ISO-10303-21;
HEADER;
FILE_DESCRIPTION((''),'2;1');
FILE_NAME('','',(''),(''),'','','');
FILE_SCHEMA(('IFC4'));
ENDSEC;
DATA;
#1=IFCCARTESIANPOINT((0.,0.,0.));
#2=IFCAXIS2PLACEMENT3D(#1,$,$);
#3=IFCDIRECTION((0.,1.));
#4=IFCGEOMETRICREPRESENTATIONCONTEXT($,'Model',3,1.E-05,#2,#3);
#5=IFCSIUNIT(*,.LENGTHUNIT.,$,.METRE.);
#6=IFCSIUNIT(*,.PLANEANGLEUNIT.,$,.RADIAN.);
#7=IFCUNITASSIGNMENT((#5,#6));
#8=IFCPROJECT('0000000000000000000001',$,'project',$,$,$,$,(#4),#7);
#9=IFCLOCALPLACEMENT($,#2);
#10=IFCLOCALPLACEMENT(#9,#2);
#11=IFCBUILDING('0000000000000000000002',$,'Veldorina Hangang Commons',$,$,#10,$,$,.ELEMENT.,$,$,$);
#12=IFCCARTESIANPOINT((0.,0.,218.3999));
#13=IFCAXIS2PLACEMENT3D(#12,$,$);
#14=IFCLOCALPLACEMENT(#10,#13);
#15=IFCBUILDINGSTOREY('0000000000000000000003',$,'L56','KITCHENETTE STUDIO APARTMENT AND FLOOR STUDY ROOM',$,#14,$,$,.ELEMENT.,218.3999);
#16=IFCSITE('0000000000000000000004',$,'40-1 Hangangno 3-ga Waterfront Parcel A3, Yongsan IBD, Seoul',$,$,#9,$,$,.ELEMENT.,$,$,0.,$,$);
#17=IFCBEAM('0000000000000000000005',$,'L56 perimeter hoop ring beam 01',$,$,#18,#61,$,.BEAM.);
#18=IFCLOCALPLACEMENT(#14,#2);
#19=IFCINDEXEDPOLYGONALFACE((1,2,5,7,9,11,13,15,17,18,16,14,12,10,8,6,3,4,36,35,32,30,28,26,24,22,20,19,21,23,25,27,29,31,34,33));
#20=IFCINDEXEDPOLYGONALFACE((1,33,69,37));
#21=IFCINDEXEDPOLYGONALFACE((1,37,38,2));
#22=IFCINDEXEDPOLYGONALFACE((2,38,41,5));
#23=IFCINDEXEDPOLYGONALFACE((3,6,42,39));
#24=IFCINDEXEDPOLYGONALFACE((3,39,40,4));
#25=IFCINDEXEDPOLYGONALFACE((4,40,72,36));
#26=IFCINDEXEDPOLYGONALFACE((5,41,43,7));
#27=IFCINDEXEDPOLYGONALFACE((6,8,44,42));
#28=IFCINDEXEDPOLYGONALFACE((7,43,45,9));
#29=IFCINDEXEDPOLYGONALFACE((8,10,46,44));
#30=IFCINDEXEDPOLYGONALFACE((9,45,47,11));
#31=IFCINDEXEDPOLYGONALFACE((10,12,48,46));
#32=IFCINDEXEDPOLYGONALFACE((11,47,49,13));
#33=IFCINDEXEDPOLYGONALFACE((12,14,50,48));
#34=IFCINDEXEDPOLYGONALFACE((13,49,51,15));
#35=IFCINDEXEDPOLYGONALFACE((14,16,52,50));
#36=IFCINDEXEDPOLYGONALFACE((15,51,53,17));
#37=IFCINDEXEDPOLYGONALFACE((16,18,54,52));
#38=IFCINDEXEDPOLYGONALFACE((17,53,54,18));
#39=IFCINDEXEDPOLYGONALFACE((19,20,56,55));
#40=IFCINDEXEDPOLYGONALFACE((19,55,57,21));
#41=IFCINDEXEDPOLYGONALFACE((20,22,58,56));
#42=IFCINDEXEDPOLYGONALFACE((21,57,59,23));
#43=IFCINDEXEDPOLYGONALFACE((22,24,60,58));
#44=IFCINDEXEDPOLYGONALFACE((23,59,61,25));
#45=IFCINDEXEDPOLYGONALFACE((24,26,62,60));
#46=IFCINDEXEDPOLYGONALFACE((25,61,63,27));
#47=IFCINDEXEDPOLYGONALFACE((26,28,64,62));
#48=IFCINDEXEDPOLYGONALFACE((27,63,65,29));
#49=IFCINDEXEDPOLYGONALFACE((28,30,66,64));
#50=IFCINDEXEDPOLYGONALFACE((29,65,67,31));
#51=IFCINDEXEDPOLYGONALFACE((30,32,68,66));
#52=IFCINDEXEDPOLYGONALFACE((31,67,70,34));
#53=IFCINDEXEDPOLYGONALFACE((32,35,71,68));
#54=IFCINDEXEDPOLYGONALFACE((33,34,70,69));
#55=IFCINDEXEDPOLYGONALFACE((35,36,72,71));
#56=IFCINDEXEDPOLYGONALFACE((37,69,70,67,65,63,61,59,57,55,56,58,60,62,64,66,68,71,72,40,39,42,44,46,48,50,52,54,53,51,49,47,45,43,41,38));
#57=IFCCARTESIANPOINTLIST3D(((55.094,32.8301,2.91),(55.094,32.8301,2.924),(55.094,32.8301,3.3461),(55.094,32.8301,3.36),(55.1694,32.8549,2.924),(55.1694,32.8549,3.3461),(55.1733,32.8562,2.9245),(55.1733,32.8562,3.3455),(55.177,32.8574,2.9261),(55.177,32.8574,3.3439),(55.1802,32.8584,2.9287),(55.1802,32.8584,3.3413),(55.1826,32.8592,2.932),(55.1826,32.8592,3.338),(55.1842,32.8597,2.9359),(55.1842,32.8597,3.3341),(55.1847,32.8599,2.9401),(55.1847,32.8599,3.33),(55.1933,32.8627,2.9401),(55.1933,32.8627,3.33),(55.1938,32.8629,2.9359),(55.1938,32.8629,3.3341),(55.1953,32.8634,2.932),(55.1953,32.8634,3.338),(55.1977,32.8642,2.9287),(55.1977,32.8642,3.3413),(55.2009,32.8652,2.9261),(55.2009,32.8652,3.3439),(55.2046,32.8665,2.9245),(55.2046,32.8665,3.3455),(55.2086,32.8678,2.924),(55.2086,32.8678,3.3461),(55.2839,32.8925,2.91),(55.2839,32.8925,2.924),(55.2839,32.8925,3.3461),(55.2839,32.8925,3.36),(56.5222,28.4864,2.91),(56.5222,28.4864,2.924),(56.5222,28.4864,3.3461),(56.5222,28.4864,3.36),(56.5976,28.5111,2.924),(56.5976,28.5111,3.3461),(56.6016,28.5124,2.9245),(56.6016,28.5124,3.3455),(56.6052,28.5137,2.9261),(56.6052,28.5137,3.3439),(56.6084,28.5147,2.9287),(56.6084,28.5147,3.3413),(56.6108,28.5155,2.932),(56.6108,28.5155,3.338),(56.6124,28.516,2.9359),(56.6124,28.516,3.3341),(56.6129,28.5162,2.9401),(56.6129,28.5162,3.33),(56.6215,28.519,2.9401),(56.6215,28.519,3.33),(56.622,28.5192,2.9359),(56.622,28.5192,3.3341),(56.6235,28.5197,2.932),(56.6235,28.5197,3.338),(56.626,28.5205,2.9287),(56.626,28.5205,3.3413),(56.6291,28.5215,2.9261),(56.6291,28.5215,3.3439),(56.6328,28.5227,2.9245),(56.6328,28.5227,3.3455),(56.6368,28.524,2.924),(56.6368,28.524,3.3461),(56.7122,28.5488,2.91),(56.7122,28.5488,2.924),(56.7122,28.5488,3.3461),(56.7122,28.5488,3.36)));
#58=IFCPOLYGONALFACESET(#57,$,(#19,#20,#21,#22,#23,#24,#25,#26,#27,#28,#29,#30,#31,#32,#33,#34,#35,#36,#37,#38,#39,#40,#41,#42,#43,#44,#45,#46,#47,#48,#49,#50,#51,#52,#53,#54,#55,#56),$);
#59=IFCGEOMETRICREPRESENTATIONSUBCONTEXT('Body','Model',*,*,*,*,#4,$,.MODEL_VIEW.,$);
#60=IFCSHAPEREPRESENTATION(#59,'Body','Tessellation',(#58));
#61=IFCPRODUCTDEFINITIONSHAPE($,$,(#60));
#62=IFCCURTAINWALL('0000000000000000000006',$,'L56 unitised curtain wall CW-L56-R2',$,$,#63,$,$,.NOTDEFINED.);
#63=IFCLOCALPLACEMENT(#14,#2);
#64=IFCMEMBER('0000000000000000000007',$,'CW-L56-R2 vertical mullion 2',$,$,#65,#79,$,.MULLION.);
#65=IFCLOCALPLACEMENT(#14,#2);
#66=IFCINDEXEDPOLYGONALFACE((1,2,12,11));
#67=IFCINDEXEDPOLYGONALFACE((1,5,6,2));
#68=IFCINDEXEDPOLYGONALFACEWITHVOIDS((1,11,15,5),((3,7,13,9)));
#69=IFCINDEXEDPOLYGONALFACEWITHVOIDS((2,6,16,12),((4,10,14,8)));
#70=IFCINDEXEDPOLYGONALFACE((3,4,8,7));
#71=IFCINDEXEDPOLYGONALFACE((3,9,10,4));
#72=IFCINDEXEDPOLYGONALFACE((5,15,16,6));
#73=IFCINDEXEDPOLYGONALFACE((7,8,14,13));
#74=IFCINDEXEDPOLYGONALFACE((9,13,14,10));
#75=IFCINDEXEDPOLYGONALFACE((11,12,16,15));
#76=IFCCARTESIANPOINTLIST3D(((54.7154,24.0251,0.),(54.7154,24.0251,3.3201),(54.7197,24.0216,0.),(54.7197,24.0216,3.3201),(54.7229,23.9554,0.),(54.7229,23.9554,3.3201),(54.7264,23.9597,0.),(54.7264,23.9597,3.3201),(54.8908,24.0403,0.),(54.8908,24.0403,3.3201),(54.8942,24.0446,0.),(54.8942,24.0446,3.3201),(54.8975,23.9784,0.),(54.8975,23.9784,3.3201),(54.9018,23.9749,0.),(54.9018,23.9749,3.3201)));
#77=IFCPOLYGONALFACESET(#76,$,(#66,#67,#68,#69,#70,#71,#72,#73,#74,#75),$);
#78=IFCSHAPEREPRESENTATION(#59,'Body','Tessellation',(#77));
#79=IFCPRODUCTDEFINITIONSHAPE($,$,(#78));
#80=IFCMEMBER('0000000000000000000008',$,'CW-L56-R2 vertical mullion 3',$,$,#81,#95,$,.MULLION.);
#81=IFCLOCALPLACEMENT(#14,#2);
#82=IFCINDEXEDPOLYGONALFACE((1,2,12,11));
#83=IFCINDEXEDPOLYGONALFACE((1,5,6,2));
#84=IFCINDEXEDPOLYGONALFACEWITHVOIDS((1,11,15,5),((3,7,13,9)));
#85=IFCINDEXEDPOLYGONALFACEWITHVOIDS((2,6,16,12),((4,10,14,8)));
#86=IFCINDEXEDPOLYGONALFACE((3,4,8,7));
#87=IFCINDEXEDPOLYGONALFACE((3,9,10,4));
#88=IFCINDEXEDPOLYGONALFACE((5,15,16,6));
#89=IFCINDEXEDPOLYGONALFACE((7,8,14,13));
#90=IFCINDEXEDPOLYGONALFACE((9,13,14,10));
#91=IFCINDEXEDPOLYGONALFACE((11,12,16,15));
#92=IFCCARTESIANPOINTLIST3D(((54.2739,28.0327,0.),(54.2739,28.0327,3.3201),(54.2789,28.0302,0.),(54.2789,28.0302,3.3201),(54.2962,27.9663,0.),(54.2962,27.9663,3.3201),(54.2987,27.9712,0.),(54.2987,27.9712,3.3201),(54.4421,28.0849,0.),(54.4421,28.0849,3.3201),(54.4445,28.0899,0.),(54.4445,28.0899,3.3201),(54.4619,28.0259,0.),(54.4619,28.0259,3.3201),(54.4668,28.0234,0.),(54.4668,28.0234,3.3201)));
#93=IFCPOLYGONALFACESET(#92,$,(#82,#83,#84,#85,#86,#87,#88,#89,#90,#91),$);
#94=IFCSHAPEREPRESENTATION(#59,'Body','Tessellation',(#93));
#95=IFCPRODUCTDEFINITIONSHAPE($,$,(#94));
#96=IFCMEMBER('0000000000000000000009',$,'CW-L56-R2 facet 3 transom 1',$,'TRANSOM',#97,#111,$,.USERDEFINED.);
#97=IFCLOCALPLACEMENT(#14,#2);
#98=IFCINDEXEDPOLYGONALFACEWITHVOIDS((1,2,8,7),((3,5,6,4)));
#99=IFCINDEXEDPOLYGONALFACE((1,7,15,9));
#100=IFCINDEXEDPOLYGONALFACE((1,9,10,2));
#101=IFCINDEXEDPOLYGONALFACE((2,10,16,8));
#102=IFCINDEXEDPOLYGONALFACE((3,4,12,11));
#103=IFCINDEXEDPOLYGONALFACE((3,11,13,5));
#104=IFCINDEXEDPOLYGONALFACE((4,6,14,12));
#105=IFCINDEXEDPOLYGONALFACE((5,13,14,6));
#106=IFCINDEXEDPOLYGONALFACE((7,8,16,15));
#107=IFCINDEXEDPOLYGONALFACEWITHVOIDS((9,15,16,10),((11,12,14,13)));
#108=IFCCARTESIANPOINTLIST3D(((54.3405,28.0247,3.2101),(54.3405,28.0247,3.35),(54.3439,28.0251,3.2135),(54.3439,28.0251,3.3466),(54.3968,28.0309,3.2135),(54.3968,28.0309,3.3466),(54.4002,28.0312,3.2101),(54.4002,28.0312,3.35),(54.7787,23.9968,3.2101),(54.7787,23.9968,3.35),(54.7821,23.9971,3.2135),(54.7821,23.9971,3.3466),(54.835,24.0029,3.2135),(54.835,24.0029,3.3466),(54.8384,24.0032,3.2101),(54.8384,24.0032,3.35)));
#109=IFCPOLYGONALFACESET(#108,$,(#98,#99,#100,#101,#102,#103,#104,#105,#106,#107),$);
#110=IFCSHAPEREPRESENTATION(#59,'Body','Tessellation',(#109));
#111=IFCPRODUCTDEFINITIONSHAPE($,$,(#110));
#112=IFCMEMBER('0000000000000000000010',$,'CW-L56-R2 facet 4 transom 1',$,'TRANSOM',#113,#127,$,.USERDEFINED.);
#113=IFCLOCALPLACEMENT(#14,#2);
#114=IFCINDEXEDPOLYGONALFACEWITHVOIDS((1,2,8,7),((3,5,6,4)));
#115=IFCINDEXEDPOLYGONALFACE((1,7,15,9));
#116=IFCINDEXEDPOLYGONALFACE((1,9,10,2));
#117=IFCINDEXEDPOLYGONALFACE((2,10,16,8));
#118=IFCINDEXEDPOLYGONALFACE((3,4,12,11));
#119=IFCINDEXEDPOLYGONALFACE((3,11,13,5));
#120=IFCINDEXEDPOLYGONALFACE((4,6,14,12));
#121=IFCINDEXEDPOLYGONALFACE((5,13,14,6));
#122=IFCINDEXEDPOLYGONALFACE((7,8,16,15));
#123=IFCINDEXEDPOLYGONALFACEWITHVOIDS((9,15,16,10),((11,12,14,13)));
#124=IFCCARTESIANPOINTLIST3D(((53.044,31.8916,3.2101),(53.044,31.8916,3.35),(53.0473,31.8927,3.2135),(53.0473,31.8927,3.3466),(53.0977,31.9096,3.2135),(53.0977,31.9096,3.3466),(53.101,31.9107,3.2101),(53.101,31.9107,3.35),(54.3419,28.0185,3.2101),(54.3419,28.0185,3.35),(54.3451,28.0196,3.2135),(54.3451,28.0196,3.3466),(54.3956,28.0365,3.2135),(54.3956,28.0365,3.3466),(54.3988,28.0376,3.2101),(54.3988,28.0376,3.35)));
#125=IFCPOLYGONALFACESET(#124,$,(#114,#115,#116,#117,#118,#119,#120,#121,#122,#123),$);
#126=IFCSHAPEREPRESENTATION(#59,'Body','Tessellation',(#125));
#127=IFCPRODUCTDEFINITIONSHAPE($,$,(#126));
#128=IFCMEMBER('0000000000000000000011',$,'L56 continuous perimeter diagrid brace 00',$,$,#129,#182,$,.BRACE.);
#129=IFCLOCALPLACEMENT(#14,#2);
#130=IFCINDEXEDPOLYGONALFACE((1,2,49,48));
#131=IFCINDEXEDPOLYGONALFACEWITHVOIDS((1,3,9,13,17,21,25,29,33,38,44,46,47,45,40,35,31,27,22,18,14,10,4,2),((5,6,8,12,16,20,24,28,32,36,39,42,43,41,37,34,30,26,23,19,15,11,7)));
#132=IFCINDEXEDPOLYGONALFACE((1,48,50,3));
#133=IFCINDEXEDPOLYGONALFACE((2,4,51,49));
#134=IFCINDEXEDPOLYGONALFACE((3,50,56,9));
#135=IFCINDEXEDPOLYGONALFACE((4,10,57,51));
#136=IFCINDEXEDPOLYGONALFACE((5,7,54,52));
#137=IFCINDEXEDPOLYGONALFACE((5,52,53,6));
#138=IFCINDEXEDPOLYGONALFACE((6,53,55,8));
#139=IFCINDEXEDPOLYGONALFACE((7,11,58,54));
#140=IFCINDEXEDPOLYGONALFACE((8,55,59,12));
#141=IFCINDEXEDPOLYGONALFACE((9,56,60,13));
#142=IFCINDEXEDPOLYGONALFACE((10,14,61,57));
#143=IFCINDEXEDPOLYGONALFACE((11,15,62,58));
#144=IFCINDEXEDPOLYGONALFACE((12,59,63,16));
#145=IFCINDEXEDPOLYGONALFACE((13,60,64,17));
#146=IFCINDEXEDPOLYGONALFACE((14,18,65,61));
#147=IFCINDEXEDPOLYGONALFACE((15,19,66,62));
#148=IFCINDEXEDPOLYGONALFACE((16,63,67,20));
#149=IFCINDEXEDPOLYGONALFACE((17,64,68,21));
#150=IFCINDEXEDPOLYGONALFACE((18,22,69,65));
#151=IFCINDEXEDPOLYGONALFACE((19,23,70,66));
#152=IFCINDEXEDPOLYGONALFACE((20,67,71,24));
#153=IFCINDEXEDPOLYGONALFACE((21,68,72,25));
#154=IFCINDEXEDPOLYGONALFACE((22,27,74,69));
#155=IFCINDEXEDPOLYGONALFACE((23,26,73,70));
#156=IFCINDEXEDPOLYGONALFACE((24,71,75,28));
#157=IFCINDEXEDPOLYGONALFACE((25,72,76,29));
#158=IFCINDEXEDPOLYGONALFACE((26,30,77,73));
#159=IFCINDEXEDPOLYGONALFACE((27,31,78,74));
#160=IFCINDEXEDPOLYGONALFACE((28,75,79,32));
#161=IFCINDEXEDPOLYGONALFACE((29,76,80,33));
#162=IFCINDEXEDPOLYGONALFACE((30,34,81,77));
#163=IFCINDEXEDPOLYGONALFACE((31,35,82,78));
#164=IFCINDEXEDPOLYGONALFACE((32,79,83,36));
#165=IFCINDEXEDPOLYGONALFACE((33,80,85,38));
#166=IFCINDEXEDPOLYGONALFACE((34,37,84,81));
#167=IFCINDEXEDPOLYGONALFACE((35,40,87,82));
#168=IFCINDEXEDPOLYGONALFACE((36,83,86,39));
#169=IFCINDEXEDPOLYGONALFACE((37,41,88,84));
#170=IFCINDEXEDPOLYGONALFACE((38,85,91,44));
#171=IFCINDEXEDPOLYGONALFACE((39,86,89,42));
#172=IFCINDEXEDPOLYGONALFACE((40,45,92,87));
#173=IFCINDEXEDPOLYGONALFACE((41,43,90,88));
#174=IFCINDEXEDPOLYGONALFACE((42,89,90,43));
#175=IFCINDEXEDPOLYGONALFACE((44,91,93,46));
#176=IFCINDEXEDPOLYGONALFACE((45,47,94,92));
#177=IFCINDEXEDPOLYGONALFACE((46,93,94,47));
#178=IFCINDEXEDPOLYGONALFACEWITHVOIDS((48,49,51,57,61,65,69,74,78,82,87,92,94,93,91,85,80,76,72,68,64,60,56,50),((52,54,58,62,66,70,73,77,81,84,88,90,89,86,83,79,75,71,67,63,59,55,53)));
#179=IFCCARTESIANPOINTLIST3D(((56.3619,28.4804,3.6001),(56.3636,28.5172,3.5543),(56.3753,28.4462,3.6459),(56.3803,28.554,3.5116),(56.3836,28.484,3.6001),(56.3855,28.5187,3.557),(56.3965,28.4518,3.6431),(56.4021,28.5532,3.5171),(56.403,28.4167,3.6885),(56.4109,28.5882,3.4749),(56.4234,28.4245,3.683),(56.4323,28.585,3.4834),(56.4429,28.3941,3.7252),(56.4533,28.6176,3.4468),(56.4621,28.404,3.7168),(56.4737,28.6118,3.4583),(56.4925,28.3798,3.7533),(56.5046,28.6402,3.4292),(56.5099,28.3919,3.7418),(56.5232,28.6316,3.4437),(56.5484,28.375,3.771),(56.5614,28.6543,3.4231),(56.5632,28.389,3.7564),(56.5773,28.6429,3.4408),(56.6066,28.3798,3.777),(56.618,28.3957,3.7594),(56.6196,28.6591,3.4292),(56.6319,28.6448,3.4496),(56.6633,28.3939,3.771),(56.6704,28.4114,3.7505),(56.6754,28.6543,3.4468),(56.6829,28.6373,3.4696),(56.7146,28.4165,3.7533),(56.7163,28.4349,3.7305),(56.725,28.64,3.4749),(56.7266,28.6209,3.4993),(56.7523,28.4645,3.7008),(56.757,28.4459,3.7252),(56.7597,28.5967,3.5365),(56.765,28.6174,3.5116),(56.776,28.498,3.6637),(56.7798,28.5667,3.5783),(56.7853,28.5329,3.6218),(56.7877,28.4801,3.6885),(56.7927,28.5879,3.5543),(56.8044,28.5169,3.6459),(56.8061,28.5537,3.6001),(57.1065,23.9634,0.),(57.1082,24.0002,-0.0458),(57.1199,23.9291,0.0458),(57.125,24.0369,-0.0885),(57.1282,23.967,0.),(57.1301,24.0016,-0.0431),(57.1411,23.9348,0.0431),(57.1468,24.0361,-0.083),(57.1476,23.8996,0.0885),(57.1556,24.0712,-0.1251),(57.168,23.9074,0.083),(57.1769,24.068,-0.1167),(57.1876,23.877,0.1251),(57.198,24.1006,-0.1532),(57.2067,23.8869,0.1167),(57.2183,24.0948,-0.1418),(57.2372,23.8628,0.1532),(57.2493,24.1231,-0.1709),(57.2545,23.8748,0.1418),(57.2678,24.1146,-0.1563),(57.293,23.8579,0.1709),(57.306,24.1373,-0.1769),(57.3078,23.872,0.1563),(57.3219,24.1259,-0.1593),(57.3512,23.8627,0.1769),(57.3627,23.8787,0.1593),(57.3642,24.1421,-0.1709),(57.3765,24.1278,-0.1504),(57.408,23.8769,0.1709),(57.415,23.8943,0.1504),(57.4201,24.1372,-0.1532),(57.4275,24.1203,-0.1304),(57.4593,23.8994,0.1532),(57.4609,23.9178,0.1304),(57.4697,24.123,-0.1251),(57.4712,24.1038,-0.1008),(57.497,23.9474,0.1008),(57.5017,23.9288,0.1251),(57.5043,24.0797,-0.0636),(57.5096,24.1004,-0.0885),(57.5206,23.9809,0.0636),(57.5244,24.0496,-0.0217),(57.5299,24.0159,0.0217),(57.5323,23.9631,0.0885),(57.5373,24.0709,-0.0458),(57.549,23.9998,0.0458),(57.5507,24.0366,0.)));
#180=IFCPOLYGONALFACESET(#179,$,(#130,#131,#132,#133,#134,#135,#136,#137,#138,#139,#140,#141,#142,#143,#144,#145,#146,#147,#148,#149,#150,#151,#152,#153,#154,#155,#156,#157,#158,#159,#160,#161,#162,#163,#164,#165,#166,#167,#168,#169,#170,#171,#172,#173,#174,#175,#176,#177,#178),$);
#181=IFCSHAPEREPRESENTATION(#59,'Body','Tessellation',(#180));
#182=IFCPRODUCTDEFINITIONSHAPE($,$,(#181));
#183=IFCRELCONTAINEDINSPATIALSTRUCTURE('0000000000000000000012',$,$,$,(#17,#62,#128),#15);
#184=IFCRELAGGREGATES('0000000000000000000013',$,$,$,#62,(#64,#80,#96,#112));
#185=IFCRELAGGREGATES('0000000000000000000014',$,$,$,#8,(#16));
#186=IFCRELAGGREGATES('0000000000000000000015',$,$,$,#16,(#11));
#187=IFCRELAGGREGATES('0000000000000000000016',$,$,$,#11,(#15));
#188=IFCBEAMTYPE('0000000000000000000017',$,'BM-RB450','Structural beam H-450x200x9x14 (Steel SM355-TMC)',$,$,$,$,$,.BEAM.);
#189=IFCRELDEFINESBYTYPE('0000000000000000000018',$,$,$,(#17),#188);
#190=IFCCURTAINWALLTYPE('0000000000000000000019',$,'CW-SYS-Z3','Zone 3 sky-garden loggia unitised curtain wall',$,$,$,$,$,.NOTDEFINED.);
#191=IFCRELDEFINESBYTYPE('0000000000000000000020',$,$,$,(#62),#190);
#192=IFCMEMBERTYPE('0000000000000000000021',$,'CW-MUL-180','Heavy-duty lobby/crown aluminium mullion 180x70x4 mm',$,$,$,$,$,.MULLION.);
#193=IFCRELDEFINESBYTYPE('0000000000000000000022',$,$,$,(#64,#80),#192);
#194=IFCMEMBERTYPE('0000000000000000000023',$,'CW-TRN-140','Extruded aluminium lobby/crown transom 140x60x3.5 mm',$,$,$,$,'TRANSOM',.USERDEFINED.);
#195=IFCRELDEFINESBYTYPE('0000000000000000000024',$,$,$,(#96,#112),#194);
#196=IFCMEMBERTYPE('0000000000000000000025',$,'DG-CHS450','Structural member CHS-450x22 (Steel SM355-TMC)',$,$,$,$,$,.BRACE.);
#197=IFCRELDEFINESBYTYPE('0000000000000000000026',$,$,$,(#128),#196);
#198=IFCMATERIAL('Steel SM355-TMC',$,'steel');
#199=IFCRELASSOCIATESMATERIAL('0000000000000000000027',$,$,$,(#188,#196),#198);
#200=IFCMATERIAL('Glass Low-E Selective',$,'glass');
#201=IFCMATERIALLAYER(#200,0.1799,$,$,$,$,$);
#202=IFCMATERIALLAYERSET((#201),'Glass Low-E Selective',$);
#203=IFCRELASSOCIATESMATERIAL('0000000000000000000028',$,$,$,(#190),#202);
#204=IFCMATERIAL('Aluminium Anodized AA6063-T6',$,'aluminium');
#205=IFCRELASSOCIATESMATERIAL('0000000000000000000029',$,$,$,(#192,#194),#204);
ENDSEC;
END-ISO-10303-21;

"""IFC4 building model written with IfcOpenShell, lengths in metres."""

from ifc_helpers import new_model, si_unit, direction, frame, origin, origin_2d, place, context, subcontext, project, spatial, hollow_rectangle, hollow_circle, i_section, extrude, material, layer, layer_set, material_profile, profile_set, type_object, element, aggregate, save


model = new_model("IFC4")

# Units and contexts
model_context = context("Model", 3, precision=1e-05, world=origin(), true_north=direction((0.0, 1.0)))
body_context = subcontext(model_context, "Body", "Model", "MODEL_VIEW")
ifc_project = project(units=[si_unit("LENGTHUNIT", "METRE"), si_unit("PLANEANGLEUNIT", "RADIAN")], contexts=[model_context])

# Site, building, storey
site_placement = place(None, origin())
site = spatial("IfcSite", under=ifc_project, at=site_placement, Name="40-1 Hangangno 3-ga Waterfront Parcel A3, Yongsan IBD, Seoul", CompositionType="ELEMENT", RefElevation=0.0)
building_placement = place(site_placement, origin())
building = spatial("IfcBuilding", under=site, at=building_placement, Name="Veldorina Hangang Commons", CompositionType="ELEMENT")
storey_placement = place(building_placement, frame((0.0, 0.0, 218.3999)))
storey = spatial("IfcBuildingStorey", under=building, at=storey_placement, Name="L56", Description="KITCHENETTE STUDIO APARTMENT AND FLOOR STUDY ROOM", CompositionType="ELEMENT", Elevation=218.3999)

# Beam
ifc_material_1 = material(Name="Steel SM355-TMC", Category="steel")
ifc_material_profile_1 = material_profile(ifc_material_1, i_section(OverallWidth=0.2, OverallDepth=0.45, WebThickness=0.009, FlangeThickness=0.0139, FilletRadius=0.0161, at=origin_2d()), Name="H-450x200x9x14")
ifc_profile_set_1 = profile_set([ifc_material_profile_1], Name="Steel SM355-TMC")
beam_type_1 = type_object("IfcBeamType", Name="BM-RB450", Description="Structural beam H-450x200x9x14 (Steel SM355-TMC)", PredefinedType="BEAM", material=ifc_profile_set_1)
beam_1_placement = place(storey_placement, frame((56.6172, 28.5176, 3.135), z_axis=(-0.312349, 0.949967, 0.0), x_axis=(-0.949967, -0.312349, 0.0)))
element("IfcBeam", 1, at=beam_1_placement, inside=storey, type_object=beam_type_1, Name="L56 perimeter hoop ring beam 01", PredefinedType="BEAM", context=body_context, shape_type="SweptSolid", body=[
    extrude(i_section(OverallWidth=0.2, OverallDepth=0.45, WebThickness=0.009, FlangeThickness=0.0139, FilletRadius=0.0161, at=origin_2d()), origin(), (0.0, 0.0, 1.0), 4.5725),
])

# Curtain wall, members
ifc_material_2 = material(Name="Glass Low-E Selective", Category="glass")
ifc_layer_1 = layer(ifc_material_2, 0.1799)
ifc_layer_set_1 = layer_set([ifc_layer_1], Name="Glass Low-E Selective")
curtain_wall_type = type_object("IfcCurtainWallType", Name="CW-SYS-Z3", Description="Zone 3 sky-garden loggia unitised curtain wall", PredefinedType="NOTDEFINED", material=ifc_layer_set_1)
curtain_wall_placement = place(storey_placement, origin())
curtain_wall = element("IfcCurtainWall", 2, at=curtain_wall_placement, inside=storey, type_object=curtain_wall_type, Name="L56 unitised curtain wall CW-L56-R2", PredefinedType="NOTDEFINED")
ifc_material_3 = material(Name="Aluminium Anodized AA6063-T6", Category="aluminium")
ifc_material_profile_2 = material_profile(ifc_material_3, hollow_rectangle(XDim=0.0701, YDim=0.1799, WallThickness=0.0039, at=origin_2d()), Name="ALU-RHS-180x70x4")
ifc_profile_set_2 = profile_set([ifc_material_profile_2], Name="Aluminium Anodized AA6063-T6")
member_type_1 = type_object("IfcMemberType", Name="CW-MUL-180", Description="Heavy-duty lobby/crown aluminium mullion 180x70x4 mm", PredefinedType="MULLION", material=ifc_profile_set_2)
member_1_placement = place(storey_placement, frame((54.8086, 24.0, 0.0), z_axis=(0.0, 0.0, 1.0), x_axis=(-0.108173, 0.994132, 0.0)))
member_1 = element("IfcMember", 3, at=member_1_placement, type_object=member_type_1, Name="CW-L56-R2 vertical mullion 2", PredefinedType="MULLION", context=body_context, shape_type="SweptSolid", body=[
    extrude(hollow_rectangle(XDim=0.0701, YDim=0.1799, WallThickness=0.0039, at=origin_2d()), origin(), (0.0, 0.0, 1.0), 3.3201),
])
member_2_placement = place(storey_placement, frame((54.3704, 28.0281, 0.0), z_axis=(0.0, 0.0, 1.0), x_axis=(-0.317735, 0.94818, 0.0)))
member_2 = element("IfcMember", 4, at=member_2_placement, type_object=member_type_1, Name="CW-L56-R2 vertical mullion 3", PredefinedType="MULLION", context=body_context, shape_type="SweptSolid", body=[
    extrude(hollow_rectangle(XDim=0.0701, YDim=0.1799, WallThickness=0.0039, at=origin_2d()), origin(), (0.0, 0.0, 1.0), 3.3201),
])
ifc_material_profile_3 = material_profile(ifc_material_3, hollow_rectangle(XDim=0.0601, YDim=0.1399, WallThickness=0.0034, at=origin_2d()), Name="ALU-RHS-140x60x3.5")
ifc_profile_set_3 = profile_set([ifc_material_profile_3], Name="Aluminium Anodized AA6063-T6")
member_type_2 = type_object("IfcMemberType", Name="CW-TRN-140", Description="Extruded aluminium lobby/crown transom 140x60x3.5 mm", ElementType="TRANSOM", PredefinedType="USERDEFINED", material=ifc_profile_set_3)
member_3_placement = place(storey_placement, frame((54.8086, 24.0, 3.28), z_axis=(-0.108156, 0.994134, 0.0), x_axis=(-0.994134, -0.108156, 0.0)))
member_3 = element("IfcMember", 5, at=member_3_placement, type_object=member_type_2, Name="CW-L56-R2 facet 3 transom 1", ObjectType="TRANSOM", PredefinedType="USERDEFINED", context=body_context, shape_type="SweptSolid", body=[
    extrude(hollow_rectangle(XDim=0.0601, YDim=0.1399, WallThickness=0.0034, at=origin_2d()), origin(), (0.0, 0.0, 1.0), 4.0518),
])
member_4_placement = place(storey_placement, frame((54.3704, 28.0281, 3.28), z_axis=(-0.317734, 0.94818, 0.0), x_axis=(-0.94818, -0.317734, 0.0)))
member_4 = element("IfcMember", 6, at=member_4_placement, type_object=member_type_2, Name="CW-L56-R2 facet 4 transom 1", ObjectType="TRANSOM", PredefinedType="USERDEFINED", context=body_context, shape_type="SweptSolid", body=[
    extrude(hollow_rectangle(XDim=0.0601, YDim=0.1399, WallThickness=0.0034, at=origin_2d()), origin(), (0.0, 0.0, 1.0), 4.0847),
])

# Member
ifc_material_profile_4 = material_profile(ifc_material_1, hollow_circle(Radius=0.2251, WallThickness=0.022, at=origin_2d()), Name="CHS-450x22")
ifc_profile_set_4 = profile_set([ifc_material_profile_4], Name="Steel SM355-TMC")
member_type_3 = type_object("IfcMemberType", Name="DG-CHS450", Description="Structural member CHS-450x22 (Steel SM355-TMC)", PredefinedType="BRACE", material=ifc_profile_set_4)
member_5_placement = place(storey_placement, frame((57.3286, 24.0, 0.0), z_axis=(-0.127855, 0.775596, 0.618146), x_axis=(-0.986684, -0.162652, 0.0)))
element("IfcMember", 7, at=member_5_placement, inside=storey, type_object=member_type_3, Name="L56 continuous perimeter diagrid brace 00", PredefinedType="BRACE", context=body_context, shape_type="SweptSolid", body=[
    extrude(hollow_circle(Radius=0.2251, WallThickness=0.022, at=origin_2d()), origin(), (0.0, 0.0, 1.0), 5.824),
])

aggregate(curtain_wall, [member_1, member_2, member_3, member_4])

save(model, "model.ifc")
